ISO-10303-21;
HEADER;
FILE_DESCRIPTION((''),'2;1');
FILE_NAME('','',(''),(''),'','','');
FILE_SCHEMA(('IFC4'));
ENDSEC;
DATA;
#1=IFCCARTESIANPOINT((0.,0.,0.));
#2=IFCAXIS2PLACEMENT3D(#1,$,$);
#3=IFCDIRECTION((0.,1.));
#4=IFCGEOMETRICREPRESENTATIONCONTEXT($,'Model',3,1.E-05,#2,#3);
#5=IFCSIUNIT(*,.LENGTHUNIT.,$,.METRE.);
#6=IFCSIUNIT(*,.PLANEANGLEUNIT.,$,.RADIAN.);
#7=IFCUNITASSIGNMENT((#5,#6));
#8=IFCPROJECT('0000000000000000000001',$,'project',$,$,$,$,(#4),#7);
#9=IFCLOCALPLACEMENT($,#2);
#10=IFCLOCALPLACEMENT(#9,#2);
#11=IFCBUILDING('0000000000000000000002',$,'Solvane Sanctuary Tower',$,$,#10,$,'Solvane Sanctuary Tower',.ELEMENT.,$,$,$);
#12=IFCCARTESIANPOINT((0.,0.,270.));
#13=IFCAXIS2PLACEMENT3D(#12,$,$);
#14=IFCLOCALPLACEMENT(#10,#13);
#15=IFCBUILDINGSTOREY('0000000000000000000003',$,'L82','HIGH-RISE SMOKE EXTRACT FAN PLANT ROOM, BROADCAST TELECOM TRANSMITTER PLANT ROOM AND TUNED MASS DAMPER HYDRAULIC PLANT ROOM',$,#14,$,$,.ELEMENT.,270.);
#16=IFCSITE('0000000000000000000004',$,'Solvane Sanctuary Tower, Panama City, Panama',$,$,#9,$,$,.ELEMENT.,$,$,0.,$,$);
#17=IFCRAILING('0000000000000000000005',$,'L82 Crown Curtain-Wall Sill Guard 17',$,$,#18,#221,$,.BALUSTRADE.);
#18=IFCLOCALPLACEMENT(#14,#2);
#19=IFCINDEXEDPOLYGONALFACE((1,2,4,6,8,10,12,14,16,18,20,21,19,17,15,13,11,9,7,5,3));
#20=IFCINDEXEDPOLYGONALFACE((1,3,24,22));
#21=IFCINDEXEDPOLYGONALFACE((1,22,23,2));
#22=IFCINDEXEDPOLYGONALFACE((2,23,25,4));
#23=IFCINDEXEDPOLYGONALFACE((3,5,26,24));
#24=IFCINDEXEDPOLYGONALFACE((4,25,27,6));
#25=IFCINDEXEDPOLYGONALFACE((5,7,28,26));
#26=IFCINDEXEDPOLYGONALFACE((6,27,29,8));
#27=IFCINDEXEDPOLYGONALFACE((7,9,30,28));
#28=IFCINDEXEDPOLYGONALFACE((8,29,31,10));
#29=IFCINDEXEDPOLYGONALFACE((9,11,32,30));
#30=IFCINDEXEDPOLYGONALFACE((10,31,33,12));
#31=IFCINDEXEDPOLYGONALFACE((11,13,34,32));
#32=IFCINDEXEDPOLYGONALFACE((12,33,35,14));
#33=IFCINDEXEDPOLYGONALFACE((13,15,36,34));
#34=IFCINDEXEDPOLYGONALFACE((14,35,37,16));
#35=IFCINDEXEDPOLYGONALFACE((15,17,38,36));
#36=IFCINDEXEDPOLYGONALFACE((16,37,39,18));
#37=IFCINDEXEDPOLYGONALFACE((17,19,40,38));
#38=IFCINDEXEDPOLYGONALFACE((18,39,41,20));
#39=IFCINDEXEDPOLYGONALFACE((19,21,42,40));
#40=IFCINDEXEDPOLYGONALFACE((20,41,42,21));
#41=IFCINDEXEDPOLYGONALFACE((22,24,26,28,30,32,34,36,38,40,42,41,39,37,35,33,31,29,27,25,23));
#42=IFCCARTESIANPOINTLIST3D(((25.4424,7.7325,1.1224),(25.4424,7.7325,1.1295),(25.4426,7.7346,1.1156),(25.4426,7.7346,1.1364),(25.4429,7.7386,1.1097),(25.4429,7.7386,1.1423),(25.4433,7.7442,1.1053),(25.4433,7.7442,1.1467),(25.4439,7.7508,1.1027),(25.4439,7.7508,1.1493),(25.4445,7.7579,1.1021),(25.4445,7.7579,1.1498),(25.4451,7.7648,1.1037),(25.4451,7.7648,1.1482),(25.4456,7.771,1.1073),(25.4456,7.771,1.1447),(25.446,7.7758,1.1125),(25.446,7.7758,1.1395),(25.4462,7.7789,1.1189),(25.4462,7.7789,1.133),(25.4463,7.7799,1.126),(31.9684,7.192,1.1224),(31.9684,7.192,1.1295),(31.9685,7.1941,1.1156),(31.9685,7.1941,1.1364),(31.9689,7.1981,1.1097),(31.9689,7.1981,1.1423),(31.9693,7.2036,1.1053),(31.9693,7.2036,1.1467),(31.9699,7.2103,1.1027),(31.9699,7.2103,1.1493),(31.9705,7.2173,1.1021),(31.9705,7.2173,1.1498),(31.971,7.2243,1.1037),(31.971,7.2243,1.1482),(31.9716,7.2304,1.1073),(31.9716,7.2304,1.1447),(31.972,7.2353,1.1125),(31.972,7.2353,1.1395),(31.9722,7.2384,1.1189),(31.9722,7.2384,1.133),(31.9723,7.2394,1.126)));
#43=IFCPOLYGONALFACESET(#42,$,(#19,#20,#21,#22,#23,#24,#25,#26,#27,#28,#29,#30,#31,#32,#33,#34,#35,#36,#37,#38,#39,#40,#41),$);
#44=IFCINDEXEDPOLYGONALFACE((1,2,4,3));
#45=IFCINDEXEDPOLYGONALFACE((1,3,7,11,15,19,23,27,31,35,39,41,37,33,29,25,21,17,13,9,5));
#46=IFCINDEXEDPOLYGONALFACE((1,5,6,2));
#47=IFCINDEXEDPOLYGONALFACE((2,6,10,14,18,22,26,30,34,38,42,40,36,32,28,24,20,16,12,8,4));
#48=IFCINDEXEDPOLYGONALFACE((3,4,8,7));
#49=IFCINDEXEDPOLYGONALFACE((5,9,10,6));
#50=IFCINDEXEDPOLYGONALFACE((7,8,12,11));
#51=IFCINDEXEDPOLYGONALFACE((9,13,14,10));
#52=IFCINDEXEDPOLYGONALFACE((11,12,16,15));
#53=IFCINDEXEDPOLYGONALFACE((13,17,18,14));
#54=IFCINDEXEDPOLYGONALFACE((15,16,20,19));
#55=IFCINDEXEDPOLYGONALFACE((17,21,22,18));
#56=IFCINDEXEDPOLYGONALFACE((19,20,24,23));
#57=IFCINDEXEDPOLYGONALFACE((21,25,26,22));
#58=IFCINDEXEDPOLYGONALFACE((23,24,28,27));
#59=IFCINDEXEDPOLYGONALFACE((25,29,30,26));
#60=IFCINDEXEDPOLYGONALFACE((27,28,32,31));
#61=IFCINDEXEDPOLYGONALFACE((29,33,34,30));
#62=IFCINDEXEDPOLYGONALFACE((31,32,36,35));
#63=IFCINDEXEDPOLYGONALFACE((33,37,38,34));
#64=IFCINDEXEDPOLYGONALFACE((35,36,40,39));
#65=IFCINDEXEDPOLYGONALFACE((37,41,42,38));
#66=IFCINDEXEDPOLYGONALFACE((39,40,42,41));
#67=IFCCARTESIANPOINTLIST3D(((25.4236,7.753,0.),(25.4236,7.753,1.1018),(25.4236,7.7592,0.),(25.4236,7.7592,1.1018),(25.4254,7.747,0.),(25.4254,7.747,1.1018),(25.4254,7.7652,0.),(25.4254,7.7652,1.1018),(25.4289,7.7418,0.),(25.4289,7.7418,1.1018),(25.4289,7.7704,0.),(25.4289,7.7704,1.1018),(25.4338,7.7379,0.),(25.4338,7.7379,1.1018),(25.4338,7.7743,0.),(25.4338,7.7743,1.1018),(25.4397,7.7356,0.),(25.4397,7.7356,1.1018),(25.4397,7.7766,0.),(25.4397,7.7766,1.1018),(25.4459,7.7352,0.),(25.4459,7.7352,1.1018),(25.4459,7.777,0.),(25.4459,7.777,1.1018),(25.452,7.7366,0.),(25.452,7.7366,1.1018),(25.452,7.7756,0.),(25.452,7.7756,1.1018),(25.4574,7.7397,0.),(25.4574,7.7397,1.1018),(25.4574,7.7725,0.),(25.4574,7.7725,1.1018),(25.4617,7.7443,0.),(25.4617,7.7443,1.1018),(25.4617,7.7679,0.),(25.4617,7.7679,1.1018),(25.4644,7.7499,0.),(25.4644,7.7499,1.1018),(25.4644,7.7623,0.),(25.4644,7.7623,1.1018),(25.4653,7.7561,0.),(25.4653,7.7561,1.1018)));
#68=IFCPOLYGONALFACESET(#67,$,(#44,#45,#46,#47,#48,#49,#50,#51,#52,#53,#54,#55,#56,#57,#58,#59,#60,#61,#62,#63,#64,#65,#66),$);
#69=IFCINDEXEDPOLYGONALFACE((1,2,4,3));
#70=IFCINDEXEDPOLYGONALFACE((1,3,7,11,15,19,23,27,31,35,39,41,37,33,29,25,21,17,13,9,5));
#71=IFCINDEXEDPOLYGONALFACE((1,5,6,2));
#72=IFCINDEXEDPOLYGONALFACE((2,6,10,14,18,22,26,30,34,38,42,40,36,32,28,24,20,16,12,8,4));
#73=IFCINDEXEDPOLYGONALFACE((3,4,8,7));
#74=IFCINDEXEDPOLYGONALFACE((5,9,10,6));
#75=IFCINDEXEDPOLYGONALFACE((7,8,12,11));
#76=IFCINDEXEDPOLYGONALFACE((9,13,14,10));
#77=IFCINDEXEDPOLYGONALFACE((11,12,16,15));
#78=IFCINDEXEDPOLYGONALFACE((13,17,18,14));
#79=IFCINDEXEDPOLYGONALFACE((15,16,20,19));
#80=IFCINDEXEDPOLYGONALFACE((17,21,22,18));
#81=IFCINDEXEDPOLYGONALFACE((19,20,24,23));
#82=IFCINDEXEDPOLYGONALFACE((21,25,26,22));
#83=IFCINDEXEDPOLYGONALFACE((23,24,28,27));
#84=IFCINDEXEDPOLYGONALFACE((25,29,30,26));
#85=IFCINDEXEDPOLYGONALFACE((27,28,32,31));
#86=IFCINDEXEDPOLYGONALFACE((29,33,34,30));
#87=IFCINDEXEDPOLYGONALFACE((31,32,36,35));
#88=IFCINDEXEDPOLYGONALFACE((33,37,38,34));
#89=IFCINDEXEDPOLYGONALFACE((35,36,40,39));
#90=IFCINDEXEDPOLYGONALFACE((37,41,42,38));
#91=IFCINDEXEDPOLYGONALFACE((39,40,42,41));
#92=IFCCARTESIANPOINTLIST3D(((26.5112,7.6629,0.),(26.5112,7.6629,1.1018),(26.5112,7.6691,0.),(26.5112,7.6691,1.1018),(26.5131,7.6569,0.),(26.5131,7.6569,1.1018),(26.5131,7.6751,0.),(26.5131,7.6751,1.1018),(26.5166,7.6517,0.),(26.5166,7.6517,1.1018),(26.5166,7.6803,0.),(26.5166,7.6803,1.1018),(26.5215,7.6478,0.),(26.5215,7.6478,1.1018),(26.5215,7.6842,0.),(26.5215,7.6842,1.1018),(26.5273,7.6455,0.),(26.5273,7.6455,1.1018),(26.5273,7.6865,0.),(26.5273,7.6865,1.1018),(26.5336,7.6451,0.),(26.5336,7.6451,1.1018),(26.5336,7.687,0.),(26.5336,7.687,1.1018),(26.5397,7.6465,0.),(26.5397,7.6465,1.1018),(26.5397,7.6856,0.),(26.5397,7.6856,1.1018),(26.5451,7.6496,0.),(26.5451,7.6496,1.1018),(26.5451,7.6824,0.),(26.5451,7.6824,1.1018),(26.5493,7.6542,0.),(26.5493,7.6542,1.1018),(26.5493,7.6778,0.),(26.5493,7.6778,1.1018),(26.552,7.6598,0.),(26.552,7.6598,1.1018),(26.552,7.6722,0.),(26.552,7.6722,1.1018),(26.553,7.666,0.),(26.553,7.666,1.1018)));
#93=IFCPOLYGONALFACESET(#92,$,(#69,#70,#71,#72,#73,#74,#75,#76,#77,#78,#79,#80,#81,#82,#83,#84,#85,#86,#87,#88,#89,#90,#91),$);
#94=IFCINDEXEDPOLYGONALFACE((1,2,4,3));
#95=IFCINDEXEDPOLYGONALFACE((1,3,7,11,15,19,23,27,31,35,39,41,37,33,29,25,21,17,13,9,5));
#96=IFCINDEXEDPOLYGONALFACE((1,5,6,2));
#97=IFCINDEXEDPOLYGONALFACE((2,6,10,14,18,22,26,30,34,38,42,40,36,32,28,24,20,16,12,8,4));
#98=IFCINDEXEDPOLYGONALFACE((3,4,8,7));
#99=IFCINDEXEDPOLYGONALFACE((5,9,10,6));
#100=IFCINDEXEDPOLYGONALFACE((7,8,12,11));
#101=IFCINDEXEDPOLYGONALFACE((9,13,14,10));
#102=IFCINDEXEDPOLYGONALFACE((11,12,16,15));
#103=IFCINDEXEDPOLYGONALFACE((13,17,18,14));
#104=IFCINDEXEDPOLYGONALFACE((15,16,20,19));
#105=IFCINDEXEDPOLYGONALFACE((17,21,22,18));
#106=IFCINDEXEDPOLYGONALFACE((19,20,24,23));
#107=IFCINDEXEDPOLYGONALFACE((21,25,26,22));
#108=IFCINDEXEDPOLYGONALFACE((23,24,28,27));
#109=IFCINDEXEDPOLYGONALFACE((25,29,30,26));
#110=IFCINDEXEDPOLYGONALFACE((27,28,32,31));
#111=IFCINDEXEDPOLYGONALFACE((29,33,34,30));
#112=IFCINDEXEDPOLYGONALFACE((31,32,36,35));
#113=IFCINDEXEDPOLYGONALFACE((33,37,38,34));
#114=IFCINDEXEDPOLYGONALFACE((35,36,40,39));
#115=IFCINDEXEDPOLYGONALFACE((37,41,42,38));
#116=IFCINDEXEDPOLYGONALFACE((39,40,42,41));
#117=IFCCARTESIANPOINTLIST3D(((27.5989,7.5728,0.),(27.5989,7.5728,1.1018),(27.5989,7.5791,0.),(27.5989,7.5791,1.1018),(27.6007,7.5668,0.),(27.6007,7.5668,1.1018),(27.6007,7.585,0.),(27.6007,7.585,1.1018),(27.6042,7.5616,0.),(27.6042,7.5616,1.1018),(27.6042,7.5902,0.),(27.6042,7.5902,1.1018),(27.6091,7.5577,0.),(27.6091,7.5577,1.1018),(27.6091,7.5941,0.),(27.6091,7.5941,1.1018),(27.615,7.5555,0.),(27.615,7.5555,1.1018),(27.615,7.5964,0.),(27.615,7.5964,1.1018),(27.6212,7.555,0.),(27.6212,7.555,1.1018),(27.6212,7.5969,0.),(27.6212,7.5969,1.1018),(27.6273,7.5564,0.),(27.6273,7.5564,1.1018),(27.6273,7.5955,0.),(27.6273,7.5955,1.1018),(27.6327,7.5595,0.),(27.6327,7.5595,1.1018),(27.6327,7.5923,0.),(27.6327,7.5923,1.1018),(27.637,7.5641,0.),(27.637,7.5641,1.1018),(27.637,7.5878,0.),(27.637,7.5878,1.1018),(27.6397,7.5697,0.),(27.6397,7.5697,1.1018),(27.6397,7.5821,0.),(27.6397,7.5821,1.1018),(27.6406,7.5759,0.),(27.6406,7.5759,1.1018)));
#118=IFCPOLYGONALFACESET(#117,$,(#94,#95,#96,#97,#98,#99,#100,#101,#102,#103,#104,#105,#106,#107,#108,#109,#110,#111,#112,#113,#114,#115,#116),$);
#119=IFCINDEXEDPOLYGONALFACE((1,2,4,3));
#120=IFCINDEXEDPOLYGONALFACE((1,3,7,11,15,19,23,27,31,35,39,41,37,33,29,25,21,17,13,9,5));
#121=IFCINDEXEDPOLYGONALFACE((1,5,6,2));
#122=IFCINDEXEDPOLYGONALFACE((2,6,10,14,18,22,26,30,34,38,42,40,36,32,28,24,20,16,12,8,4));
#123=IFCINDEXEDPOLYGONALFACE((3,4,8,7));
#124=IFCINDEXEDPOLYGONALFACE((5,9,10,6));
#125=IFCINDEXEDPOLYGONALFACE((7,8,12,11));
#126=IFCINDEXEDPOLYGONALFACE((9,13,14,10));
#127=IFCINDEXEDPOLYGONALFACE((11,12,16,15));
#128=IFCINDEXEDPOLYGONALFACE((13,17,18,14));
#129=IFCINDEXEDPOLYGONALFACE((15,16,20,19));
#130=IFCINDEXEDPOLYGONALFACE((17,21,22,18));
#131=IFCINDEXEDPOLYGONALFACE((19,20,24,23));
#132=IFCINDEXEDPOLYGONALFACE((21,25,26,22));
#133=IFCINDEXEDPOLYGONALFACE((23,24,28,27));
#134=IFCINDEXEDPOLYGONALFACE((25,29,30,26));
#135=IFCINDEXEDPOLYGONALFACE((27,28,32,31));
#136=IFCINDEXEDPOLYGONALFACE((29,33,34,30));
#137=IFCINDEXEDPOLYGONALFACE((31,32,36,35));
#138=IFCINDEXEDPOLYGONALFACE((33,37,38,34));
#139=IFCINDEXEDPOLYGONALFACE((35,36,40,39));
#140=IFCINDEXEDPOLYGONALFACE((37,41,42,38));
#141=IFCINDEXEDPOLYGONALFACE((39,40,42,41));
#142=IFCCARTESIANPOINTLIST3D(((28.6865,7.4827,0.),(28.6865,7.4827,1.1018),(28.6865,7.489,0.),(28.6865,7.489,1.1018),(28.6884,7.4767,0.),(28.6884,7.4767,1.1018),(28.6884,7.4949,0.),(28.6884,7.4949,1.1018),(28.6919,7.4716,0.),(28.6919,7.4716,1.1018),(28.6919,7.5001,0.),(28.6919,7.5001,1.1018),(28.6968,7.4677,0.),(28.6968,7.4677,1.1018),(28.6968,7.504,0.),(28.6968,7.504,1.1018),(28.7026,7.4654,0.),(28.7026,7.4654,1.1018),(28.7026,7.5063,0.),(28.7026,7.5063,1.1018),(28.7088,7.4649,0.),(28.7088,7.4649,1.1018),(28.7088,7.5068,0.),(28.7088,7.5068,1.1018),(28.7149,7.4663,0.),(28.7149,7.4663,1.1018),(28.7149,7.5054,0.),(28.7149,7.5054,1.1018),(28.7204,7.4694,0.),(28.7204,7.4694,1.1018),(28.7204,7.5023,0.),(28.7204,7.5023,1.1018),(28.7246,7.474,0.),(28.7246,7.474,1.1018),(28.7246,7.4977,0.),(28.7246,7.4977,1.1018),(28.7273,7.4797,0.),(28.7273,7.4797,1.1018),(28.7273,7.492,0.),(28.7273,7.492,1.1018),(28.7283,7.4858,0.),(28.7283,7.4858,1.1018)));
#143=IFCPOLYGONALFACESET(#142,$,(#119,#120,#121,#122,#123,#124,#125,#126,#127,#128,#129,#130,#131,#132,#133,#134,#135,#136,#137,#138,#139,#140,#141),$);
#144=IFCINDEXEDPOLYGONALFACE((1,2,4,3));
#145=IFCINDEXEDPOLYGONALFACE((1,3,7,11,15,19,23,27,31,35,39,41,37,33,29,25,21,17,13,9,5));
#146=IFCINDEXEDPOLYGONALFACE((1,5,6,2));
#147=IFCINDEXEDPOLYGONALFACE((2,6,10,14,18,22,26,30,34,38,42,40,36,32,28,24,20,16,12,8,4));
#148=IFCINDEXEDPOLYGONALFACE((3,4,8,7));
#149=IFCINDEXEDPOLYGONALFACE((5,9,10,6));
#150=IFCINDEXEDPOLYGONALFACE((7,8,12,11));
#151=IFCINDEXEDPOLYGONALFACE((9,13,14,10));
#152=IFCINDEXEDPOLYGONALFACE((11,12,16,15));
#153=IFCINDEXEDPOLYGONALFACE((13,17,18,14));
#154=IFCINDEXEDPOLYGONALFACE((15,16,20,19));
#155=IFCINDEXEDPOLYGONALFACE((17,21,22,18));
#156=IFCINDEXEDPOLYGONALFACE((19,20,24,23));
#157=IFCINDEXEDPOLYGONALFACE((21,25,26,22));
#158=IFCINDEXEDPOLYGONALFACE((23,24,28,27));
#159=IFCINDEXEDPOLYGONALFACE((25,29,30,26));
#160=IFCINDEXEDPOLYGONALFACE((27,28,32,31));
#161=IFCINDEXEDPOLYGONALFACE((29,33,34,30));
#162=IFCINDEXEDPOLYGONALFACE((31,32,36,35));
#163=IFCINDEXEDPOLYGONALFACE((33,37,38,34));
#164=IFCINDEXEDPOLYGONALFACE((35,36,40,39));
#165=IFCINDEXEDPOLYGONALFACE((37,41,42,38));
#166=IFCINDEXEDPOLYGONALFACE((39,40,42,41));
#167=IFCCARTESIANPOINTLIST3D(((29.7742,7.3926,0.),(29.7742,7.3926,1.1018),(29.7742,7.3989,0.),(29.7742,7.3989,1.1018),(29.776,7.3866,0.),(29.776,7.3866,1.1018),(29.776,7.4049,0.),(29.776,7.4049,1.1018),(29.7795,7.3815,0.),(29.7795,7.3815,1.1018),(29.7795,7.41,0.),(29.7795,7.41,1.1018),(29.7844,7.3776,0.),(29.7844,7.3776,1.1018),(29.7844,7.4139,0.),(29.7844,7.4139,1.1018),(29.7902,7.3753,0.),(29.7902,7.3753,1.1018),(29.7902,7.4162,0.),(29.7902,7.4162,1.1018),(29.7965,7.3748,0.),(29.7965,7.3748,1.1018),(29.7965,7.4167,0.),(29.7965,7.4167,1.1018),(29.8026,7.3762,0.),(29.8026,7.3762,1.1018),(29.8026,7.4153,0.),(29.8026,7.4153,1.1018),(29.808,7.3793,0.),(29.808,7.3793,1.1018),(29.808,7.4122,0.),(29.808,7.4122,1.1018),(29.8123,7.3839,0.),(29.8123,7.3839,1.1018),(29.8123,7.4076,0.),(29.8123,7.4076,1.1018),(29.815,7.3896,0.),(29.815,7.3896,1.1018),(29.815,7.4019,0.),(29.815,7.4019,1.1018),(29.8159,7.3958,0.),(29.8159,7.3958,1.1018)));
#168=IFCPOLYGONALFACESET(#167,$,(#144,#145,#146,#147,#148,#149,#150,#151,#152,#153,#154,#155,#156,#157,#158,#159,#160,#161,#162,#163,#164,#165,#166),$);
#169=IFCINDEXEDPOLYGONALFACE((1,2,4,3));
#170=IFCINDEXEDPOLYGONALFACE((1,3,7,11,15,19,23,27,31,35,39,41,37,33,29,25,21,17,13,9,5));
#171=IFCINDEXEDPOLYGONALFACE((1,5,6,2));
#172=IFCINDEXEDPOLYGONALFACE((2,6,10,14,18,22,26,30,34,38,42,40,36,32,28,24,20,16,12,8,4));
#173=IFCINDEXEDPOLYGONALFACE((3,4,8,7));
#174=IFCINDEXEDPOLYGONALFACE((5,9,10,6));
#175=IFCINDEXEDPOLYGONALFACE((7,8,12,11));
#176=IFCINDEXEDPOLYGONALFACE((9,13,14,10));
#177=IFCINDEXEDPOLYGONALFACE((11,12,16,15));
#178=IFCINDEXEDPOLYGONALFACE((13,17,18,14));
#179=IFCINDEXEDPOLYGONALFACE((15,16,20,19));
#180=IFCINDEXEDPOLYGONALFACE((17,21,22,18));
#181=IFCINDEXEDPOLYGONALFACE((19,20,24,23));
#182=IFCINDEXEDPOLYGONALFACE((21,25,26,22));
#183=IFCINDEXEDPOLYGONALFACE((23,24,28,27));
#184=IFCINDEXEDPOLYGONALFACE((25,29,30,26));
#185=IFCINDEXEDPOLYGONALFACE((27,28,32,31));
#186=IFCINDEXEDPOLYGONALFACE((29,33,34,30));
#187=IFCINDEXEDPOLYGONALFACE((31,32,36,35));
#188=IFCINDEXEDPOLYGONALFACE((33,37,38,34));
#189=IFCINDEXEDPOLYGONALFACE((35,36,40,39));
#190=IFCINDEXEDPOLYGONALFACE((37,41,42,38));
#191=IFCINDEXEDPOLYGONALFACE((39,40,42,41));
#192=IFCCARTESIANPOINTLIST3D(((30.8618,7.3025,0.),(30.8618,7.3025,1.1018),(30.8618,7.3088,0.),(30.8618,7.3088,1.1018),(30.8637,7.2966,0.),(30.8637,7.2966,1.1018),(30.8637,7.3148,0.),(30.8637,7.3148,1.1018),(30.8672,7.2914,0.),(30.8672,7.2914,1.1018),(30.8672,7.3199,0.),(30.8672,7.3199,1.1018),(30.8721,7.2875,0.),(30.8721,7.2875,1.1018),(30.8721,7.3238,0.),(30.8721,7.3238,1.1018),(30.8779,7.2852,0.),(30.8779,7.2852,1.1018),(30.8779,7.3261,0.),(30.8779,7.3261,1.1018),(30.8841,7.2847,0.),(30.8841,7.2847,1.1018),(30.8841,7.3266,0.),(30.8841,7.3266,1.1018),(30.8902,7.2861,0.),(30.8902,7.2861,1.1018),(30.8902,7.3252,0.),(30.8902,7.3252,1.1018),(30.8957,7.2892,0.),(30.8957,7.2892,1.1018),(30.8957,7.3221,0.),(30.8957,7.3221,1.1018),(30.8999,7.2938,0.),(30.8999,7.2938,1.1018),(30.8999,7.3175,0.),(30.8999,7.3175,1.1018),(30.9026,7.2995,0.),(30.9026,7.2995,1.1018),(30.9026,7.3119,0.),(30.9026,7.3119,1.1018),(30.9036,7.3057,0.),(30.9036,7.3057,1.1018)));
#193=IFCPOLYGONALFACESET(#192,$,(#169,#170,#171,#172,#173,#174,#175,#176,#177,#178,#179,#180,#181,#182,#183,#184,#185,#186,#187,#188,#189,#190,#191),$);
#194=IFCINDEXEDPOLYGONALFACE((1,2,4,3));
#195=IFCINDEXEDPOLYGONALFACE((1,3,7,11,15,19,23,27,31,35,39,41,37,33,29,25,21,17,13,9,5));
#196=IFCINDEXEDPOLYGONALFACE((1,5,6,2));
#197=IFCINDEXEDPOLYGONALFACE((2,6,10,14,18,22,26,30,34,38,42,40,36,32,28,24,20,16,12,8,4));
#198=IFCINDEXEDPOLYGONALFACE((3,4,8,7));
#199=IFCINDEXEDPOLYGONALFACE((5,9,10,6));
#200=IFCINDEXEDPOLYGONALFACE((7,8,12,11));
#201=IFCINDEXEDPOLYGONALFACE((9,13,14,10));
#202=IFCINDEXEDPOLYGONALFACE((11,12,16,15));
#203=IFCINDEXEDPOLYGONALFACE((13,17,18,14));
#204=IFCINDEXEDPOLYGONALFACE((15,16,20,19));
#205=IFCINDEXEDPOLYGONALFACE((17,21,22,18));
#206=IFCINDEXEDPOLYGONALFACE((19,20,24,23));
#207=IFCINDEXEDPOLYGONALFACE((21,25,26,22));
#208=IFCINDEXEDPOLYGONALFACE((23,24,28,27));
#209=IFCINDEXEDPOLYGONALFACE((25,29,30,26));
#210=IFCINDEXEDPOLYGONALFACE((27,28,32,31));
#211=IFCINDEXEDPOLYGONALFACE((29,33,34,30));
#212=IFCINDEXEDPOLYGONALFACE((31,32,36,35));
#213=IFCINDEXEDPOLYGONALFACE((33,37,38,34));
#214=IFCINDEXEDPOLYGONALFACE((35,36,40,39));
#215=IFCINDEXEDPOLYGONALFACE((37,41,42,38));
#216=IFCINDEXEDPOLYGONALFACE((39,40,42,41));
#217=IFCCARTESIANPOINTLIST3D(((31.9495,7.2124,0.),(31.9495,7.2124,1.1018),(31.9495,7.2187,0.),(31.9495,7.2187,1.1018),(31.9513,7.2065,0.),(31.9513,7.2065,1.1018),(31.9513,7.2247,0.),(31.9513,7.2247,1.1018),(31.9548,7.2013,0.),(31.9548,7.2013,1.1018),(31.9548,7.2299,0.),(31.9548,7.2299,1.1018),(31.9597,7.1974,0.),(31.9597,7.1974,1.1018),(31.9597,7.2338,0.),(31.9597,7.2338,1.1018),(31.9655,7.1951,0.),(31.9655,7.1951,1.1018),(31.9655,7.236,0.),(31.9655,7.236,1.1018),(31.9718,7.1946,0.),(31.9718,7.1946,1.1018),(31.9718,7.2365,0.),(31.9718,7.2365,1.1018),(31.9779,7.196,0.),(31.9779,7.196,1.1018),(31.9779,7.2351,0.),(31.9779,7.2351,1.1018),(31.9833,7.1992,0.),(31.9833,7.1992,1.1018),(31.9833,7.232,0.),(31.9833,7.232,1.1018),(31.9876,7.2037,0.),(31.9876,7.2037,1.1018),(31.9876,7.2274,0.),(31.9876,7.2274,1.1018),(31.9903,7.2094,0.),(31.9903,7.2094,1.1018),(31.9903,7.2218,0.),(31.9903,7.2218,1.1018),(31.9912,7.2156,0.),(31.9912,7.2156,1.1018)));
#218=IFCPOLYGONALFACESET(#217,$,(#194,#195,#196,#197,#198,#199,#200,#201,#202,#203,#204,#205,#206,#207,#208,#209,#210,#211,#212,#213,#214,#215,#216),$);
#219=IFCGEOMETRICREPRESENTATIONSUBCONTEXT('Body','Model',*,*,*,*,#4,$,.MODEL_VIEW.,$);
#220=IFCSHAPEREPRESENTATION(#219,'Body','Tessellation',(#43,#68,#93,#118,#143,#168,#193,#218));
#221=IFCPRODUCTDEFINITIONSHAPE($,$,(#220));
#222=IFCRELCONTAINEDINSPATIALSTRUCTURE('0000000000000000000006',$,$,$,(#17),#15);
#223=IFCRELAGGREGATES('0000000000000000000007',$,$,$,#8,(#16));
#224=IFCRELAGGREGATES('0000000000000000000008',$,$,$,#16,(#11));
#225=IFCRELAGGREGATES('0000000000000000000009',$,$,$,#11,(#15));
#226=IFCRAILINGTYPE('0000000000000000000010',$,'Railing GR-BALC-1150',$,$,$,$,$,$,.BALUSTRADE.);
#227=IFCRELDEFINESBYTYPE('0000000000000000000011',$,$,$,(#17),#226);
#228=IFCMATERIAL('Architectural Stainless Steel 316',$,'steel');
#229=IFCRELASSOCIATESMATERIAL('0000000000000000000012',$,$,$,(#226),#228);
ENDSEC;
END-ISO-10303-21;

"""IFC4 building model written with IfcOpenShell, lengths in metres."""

from ifc_helpers import new_model, si_unit, direction, frame, origin, origin_2d, place, context, subcontext, project, spatial, circle, extrude, material, type_object, element, save


model = new_model("IFC4")

# Units and contexts
model_context = context("Model", 3, precision=1e-05, world=origin(), true_north=direction((0.0, 1.0)))
body_context = subcontext(model_context, "Body", "Model", "MODEL_VIEW")
ifc_project = project(units=[si_unit("LENGTHUNIT", "METRE"), si_unit("PLANEANGLEUNIT", "RADIAN")], contexts=[model_context])

# Site, building, storey
site_placement = place(None, origin())
site = spatial("IfcSite", under=ifc_project, at=site_placement, Name="Solvane Sanctuary Tower, Panama City, Panama", CompositionType="ELEMENT", RefElevation=0.0)
building_placement = place(site_placement, origin())
building = spatial("IfcBuilding", under=site, at=building_placement, Name="Solvane Sanctuary Tower", LongName="Solvane Sanctuary Tower", CompositionType="ELEMENT")
storey_placement = place(building_placement, frame((0.0, 0.0, 270.0)))
storey = spatial("IfcBuildingStorey", under=building, at=storey_placement, Name="L82", Description="HIGH-RISE SMOKE EXTRACT FAN PLANT ROOM, BROADCAST TELECOM TRANSMITTER PLANT ROOM AND TUNED MASS DAMPER HYDRAULIC PLANT ROOM", CompositionType="ELEMENT", Elevation=270.0)

# Shared definitions
ifc_material_1 = material(Name="Architectural Stainless Steel 316", Category="steel")

# Railing
railing_type = type_object("IfcRailingType", Name="Railing GR-BALC-1150", PredefinedType="BALUSTRADE", material=ifc_material_1)
railing_placement = place(storey_placement, frame((25.4443, 7.7561, 0.0)))
element("IfcRailing", 1, at=railing_placement, inside=storey, type_object=railing_type, Name="L82 Crown Curtain-Wall Sill Guard 17", PredefinedType="BALUSTRADE", context=body_context, shape_type="SweptSolid", body=[
    extrude(circle(Radius=0.0239, at=origin_2d()), frame((0.0, 0.0, 1.126), z_axis=(0.996587, -0.082546, 0.0), x_axis=(0.082546, 0.996587, 0.0)), (0.0, 0.0, 1.0), 6.5483),
    extrude(circle(Radius=0.021, at=origin_2d()), origin(), (0.0, 0.0, 1.0), 1.1018),
    extrude(circle(Radius=0.021, at=origin_2d()), frame((1.0876, -0.0901, 0.0)), (0.0, 0.0, 1.0), 1.1018),
    extrude(circle(Radius=0.021, at=origin_2d()), frame((2.1753, -0.1802, 0.0)), (0.0, 0.0, 1.0), 1.1018),
    extrude(circle(Radius=0.021, at=origin_2d()), frame((3.2629, -0.2703, 0.0)), (0.0, 0.0, 1.0), 1.1018),
    extrude(circle(Radius=0.021, at=origin_2d()), frame((4.3506, -0.3604, 0.0)), (0.0, 0.0, 1.0), 1.1018),
    extrude(circle(Radius=0.021, at=origin_2d()), frame((5.4382, -0.4504, 0.0)), (0.0, 0.0, 1.0), 1.1018),
    extrude(circle(Radius=0.021, at=origin_2d()), frame((6.5259, -0.5405, 0.0)), (0.0, 0.0, 1.0), 1.1018),
])

save(model, "model.ifc")
